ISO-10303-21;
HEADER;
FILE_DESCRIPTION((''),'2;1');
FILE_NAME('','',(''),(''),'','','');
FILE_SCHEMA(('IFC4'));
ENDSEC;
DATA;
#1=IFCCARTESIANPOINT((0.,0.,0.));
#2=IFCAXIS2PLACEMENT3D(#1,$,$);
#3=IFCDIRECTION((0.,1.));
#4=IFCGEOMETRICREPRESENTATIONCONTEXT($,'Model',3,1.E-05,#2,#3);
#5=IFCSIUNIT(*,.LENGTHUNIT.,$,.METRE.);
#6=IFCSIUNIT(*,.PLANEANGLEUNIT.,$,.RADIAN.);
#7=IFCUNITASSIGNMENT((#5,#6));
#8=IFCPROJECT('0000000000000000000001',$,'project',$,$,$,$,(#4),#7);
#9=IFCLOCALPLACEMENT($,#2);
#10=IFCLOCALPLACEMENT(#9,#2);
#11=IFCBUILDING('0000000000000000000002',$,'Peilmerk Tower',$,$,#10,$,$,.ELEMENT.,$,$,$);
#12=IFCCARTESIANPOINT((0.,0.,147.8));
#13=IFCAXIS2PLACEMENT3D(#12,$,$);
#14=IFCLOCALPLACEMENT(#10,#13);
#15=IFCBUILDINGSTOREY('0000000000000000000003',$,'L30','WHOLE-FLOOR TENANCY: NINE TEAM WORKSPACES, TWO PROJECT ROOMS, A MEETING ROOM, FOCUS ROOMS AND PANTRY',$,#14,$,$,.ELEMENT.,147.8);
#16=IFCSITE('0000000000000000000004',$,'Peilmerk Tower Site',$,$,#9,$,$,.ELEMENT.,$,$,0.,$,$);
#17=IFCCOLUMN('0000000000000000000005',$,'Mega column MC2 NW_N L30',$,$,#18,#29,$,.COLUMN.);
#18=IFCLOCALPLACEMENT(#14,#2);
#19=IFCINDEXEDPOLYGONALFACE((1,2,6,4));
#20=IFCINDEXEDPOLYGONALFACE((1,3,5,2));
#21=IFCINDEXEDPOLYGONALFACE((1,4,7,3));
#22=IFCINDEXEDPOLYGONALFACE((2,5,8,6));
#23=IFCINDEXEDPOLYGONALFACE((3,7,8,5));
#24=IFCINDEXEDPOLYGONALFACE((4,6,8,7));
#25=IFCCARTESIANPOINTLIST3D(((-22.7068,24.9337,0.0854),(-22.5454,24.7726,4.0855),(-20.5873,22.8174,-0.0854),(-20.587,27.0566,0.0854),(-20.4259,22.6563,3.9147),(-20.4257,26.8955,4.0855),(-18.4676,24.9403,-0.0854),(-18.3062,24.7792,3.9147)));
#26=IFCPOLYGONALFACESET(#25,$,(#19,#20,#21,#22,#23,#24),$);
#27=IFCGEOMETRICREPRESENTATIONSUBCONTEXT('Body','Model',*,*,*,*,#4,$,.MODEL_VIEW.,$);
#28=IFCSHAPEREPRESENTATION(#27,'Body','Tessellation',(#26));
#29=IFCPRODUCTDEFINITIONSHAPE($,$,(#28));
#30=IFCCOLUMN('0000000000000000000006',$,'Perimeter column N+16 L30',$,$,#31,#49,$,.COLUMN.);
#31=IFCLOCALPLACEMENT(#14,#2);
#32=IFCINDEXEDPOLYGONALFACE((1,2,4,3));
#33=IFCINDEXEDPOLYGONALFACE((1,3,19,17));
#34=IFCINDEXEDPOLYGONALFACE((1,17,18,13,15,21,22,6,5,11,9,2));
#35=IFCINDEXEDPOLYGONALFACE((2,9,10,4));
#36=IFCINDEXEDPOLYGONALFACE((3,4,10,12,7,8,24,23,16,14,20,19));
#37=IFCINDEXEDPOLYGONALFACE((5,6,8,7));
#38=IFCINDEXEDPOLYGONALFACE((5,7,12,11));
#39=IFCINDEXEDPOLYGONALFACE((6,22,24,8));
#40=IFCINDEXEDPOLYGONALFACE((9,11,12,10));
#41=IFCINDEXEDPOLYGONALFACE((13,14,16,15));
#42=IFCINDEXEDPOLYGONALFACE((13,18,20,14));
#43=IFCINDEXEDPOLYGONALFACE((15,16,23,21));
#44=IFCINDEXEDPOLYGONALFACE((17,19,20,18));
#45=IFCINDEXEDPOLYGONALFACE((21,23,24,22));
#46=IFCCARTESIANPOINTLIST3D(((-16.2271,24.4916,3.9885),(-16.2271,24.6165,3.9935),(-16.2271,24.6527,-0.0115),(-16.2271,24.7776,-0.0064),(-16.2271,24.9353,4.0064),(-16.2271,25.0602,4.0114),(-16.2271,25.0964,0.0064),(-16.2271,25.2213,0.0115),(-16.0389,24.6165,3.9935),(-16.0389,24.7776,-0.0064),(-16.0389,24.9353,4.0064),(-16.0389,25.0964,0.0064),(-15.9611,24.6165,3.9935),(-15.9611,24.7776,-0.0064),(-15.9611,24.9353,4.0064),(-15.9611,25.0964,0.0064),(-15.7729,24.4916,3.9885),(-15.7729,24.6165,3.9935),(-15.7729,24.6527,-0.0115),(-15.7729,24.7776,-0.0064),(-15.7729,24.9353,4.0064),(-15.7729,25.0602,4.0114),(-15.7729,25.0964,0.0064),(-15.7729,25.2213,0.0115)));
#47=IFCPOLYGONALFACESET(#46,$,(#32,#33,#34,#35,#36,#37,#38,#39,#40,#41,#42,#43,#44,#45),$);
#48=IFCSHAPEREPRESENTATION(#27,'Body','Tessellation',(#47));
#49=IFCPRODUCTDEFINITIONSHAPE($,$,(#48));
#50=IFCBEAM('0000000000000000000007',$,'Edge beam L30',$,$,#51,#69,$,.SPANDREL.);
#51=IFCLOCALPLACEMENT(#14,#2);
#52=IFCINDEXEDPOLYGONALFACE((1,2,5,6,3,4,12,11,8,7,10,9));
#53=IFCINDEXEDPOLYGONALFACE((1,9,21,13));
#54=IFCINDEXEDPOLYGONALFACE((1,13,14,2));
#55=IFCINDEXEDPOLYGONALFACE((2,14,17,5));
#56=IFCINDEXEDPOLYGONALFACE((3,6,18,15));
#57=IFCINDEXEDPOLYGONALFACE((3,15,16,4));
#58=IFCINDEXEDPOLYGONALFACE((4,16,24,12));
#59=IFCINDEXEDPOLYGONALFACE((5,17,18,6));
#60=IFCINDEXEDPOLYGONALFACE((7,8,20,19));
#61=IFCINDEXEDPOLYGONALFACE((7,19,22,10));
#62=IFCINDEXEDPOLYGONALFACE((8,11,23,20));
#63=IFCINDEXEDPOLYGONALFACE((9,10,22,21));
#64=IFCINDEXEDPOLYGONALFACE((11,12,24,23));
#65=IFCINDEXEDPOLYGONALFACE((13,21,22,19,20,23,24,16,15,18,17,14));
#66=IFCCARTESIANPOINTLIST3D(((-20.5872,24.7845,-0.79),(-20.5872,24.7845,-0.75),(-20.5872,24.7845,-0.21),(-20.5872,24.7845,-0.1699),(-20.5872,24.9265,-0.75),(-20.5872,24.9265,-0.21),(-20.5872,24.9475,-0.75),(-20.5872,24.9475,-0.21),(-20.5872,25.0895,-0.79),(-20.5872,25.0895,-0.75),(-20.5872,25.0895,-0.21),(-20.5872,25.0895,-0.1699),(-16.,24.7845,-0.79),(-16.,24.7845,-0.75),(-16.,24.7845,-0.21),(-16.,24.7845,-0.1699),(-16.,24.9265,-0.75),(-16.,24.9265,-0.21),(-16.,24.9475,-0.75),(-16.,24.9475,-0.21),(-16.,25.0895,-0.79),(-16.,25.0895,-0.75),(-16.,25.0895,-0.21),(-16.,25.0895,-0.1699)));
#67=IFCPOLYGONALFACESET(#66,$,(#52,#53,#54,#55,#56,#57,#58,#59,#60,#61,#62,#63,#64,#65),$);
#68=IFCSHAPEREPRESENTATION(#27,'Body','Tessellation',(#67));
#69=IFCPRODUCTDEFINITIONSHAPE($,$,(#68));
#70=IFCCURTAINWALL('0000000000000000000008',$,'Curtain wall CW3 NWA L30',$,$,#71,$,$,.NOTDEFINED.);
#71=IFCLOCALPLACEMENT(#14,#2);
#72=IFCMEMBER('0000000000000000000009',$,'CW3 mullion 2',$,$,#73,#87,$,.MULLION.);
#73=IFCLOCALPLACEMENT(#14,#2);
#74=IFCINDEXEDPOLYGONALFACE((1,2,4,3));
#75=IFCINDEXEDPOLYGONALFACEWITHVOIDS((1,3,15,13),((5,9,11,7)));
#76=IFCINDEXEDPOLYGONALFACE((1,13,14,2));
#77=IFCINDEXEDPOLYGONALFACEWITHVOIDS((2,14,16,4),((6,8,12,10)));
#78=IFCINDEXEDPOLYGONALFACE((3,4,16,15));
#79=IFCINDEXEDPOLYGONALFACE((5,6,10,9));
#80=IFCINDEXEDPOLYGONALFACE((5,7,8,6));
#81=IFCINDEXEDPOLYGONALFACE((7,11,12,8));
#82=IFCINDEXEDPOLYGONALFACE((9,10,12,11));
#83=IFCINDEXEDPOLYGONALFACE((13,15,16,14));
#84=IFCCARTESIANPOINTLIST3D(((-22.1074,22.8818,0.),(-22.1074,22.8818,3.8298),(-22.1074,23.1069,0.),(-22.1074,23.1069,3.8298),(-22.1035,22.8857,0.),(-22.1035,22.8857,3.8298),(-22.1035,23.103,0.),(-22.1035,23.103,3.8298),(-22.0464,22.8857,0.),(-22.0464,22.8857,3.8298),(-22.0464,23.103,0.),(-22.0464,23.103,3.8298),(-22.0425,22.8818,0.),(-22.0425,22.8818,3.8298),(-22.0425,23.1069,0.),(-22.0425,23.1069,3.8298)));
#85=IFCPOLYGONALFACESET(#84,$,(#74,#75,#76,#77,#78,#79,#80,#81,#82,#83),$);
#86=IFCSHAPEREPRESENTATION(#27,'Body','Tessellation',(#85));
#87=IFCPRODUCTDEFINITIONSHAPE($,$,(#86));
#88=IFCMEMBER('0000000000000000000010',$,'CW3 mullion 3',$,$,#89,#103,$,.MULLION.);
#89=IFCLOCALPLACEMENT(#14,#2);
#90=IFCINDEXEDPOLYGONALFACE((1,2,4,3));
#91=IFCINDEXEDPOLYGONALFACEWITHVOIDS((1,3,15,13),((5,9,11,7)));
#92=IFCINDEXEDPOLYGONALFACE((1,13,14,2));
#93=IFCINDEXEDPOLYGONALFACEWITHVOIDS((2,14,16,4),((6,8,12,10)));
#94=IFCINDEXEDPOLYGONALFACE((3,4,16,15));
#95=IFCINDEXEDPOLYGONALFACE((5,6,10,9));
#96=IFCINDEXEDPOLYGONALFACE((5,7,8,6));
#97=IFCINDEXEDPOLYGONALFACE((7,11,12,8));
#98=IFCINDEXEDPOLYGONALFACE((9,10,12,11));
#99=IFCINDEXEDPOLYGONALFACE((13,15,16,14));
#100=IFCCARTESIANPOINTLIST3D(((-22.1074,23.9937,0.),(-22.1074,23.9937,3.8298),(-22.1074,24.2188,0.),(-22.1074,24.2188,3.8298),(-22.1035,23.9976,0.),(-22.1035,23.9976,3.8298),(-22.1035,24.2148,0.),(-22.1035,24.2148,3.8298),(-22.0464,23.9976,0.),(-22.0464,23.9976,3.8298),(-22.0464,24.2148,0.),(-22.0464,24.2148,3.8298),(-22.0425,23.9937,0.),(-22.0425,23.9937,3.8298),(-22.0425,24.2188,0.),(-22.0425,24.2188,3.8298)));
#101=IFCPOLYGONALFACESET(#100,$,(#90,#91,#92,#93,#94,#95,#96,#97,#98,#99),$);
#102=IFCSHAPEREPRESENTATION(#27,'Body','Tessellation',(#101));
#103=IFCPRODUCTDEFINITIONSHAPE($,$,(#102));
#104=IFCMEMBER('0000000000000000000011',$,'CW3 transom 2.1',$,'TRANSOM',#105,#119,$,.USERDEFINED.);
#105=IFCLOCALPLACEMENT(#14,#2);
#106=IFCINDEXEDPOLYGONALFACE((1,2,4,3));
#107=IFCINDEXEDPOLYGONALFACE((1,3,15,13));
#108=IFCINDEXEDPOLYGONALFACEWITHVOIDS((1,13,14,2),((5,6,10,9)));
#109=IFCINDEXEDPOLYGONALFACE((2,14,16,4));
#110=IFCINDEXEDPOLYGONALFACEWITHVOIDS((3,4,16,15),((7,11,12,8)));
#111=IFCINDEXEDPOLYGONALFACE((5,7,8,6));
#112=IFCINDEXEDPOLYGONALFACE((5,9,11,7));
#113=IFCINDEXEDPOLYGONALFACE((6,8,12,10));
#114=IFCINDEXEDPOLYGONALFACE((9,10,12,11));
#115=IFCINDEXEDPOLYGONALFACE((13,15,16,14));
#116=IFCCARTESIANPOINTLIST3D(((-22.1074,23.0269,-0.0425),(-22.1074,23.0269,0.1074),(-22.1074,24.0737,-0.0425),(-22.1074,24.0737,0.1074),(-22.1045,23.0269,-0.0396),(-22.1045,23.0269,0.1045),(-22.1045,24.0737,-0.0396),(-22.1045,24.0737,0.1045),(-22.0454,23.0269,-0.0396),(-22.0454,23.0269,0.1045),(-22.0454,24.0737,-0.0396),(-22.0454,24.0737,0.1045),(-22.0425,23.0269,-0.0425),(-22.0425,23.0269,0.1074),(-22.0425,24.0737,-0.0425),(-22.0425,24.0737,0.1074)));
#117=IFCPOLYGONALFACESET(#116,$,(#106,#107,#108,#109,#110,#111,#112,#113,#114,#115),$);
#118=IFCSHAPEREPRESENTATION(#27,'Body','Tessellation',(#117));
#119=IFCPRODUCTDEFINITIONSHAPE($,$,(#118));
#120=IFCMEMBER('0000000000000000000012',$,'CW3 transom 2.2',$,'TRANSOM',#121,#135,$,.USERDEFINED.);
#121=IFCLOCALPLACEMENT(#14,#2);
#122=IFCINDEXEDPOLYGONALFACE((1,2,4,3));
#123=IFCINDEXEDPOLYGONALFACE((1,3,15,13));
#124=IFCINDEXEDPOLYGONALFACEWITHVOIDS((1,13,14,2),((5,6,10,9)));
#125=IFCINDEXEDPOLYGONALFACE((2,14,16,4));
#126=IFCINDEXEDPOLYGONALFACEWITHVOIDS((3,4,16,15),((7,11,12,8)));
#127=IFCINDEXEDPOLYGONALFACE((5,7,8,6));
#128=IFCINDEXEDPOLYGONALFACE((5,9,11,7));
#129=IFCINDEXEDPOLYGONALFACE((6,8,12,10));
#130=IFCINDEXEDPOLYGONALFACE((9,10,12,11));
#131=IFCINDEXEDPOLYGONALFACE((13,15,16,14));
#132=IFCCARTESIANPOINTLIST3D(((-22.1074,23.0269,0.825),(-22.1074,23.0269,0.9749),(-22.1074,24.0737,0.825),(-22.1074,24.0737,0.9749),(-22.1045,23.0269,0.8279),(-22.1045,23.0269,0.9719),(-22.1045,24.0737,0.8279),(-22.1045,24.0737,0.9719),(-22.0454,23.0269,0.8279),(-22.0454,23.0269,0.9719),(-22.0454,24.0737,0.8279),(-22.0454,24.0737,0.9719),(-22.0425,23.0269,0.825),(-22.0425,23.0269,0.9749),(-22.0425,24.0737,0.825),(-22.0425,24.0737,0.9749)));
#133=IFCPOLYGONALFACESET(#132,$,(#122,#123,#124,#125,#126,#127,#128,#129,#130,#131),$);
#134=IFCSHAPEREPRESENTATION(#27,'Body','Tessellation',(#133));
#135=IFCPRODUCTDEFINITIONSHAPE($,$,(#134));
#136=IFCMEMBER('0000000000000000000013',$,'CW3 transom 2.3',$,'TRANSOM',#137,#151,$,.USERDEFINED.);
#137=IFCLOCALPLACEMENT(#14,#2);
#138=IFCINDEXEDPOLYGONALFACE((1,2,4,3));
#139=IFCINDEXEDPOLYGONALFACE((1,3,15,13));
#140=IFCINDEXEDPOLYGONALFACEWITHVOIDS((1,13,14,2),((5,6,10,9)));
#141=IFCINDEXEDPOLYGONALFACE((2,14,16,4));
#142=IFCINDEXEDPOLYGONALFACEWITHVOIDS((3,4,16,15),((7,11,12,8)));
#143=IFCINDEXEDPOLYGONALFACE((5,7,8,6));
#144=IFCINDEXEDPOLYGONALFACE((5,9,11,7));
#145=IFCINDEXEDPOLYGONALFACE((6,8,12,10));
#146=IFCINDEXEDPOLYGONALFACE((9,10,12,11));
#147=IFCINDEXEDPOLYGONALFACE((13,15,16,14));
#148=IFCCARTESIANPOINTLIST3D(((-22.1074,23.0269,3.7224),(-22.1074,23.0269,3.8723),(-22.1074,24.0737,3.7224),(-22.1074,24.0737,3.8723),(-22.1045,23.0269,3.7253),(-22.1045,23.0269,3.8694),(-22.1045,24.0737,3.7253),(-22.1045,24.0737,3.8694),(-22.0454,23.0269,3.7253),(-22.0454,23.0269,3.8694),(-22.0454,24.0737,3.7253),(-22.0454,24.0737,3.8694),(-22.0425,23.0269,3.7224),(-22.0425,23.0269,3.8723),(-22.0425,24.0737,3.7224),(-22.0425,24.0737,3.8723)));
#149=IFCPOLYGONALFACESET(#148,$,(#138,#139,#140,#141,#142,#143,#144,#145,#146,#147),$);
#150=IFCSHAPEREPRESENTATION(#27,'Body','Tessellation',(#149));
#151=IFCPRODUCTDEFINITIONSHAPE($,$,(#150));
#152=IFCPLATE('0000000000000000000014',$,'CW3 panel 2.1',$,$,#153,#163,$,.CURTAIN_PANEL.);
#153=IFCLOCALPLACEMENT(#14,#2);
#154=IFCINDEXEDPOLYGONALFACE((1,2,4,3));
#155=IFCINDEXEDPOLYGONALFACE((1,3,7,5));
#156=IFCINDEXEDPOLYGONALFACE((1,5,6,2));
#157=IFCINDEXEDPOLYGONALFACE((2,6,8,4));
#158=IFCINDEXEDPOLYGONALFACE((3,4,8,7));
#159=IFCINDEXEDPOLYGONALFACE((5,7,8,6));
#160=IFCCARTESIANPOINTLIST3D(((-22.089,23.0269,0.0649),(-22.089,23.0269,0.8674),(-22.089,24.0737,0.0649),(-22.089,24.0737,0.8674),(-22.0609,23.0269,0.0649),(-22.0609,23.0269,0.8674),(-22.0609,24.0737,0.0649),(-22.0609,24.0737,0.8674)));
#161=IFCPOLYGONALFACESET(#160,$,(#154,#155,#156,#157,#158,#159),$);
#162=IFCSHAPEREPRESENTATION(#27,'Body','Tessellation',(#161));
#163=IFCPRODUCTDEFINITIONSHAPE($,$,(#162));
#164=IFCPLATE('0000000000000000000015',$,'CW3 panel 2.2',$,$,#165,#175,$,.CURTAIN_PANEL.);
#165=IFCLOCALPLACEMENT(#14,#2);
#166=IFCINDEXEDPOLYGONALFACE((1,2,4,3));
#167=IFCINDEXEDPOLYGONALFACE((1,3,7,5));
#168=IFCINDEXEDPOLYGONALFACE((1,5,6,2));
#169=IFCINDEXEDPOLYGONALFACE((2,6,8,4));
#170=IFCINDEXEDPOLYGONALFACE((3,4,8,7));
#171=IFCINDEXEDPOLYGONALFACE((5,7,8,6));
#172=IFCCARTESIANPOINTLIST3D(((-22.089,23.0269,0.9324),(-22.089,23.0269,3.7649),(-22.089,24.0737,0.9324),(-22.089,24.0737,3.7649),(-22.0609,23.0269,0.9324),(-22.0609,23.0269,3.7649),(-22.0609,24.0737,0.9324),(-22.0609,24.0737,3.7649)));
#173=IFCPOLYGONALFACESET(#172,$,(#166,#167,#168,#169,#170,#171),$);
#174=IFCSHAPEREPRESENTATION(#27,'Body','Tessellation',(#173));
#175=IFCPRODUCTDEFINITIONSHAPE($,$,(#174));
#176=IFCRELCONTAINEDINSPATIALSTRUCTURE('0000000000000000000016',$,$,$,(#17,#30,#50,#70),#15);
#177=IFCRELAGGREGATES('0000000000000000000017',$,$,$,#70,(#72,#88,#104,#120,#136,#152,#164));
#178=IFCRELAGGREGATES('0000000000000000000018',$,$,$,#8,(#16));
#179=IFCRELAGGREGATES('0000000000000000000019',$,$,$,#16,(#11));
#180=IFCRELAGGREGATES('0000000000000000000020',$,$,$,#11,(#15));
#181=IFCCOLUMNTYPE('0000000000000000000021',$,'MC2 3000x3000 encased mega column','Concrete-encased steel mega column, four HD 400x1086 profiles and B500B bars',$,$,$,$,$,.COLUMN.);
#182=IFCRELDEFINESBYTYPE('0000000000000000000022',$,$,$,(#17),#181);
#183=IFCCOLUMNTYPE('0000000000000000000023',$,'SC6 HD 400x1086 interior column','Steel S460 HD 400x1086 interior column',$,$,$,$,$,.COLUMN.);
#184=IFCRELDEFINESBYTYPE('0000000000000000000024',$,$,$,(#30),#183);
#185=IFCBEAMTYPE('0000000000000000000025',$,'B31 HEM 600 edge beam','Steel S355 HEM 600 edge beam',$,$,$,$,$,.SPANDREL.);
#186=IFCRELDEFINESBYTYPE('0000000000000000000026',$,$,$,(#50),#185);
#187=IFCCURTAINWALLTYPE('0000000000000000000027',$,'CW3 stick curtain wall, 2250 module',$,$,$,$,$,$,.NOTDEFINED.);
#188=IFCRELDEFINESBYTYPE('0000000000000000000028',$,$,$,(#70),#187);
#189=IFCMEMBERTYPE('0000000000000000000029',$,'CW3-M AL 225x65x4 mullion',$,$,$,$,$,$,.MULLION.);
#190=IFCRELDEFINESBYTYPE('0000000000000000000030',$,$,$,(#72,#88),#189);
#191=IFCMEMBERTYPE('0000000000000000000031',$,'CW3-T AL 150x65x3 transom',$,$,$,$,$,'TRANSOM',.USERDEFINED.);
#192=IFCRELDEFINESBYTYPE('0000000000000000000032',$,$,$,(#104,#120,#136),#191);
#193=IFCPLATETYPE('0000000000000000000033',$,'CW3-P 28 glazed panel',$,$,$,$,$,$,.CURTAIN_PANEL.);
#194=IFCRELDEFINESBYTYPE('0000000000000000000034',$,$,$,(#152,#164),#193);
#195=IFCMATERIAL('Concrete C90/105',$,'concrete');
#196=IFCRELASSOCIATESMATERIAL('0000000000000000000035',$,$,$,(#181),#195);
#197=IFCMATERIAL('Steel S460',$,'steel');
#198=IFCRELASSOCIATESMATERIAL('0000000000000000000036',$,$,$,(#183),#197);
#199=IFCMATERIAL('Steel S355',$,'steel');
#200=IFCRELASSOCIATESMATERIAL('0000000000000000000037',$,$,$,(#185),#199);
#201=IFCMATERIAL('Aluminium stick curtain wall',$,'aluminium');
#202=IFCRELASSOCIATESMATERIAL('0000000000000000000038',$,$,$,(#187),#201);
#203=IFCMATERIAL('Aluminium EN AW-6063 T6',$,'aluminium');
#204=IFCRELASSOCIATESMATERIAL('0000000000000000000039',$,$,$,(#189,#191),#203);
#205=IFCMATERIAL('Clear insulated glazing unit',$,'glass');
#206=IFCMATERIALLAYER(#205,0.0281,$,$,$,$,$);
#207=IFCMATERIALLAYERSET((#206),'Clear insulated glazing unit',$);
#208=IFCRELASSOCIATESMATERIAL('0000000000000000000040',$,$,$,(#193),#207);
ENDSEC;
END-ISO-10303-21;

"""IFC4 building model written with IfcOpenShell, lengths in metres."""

from ifc_helpers import new_model, si_unit, direction, frame, origin, origin_2d, place, context, subcontext, project, spatial, rectangle, hollow_rectangle, i_section, extrude, material, layer, layer_set, material_profile, profile_set, type_object, element, aggregate, save


model = new_model("IFC4")

# Units and contexts
model_context = context("Model", 3, precision=1e-05, world=origin(), true_north=direction((0.0, 1.0)))
body_context = subcontext(model_context, "Body", "Model", "MODEL_VIEW")
ifc_project = project(units=[si_unit("LENGTHUNIT", "METRE"), si_unit("PLANEANGLEUNIT", "RADIAN")], contexts=[model_context])

# Site, building, storey
site_placement = place(None, origin())
site = spatial("IfcSite", under=ifc_project, at=site_placement, Name="Peilmerk Tower Site", CompositionType="ELEMENT", RefElevation=0.0)
building_placement = place(site_placement, origin())
building = spatial("IfcBuilding", under=site, at=building_placement, Name="Peilmerk Tower", CompositionType="ELEMENT")
storey_placement = place(building_placement, frame((0.0, 0.0, 147.8)))
storey = spatial("IfcBuildingStorey", under=building, at=storey_placement, Name="L30", Description="WHOLE-FLOOR TENANCY: NINE TEAM WORKSPACES, TWO PROJECT ROOMS, A MEETING ROOM, FOCUS ROOMS AND PANTRY", CompositionType="ELEMENT", Elevation=147.8)

# Columns
ifc_material_1 = material(Name="Concrete C90/105", Category="concrete")
ifc_material_profile_1 = material_profile(ifc_material_1, rectangle(XDim=3.0, YDim=3.0, at=origin_2d()), Name="RC 3000x3000")
ifc_profile_set_1 = profile_set([ifc_material_profile_1], Name="Concrete C90/105")
column_type_1 = type_object("IfcColumnType", Name="MC2 3000x3000 encased mega column", Description="Concrete-encased steel mega column, four HD 400x1086 profiles and B500B bars", PredefinedType="COLUMN", material=ifc_profile_set_1)
column_1_placement = place(storey_placement, frame((-20.5872, 24.937, 0.0), z_axis=(0.040279, -0.040218, 0.998379), x_axis=(0.706571, 0.707642, 0.0)))
element("IfcColumn", 1, at=column_1_placement, inside=storey, type_object=column_type_1, Name="Mega column MC2 NW_N L30", PredefinedType="COLUMN", context=body_context, shape_type="SweptSolid", body=[
    extrude(rectangle(XDim=3.0, YDim=3.0, at=origin_2d()), origin(), (0.0, 0.0, 1.0), 4.0066),
])
ifc_material_2 = material(Name="Steel S460", Category="steel")
ifc_material_profile_2 = material_profile(ifc_material_2, i_section(OverallWidth=0.4541, OverallDepth=0.5691, WebThickness=0.0779, FlangeThickness=0.125, at=origin_2d()), Name="HD 400x1086")
ifc_profile_set_2 = profile_set([ifc_material_profile_2], Name="Steel S460")
column_type_2 = type_object("IfcColumnType", Name="SC6 HD 400x1086 interior column", Description="Steel S460 HD 400x1086 interior column", PredefinedType="COLUMN", material=ifc_profile_set_2)
column_2_placement = place(storey_placement, frame((-16.0, 24.937, 0.0), z_axis=(0.0, -0.040251, 0.99919), x_axis=(1.0, 0.0, 0.0)))
element("IfcColumn", 2, at=column_2_placement, inside=storey, type_object=column_type_2, Name="Perimeter column N+16 L30", PredefinedType="COLUMN", context=body_context, shape_type="SweptSolid", body=[
    extrude(i_section(OverallWidth=0.4541, OverallDepth=0.5691, WebThickness=0.0779, FlangeThickness=0.125, at=origin_2d()), origin(), (0.0, 0.0, 1.0), 4.0032),
])

# Beam
ifc_material_3 = material(Name="Steel S355", Category="steel")
ifc_material_profile_3 = material_profile(ifc_material_3, i_section(OverallWidth=0.3049, OverallDepth=0.6201, WebThickness=0.021, FlangeThickness=0.04, at=origin_2d()), Name="HEM 600")
ifc_profile_set_3 = profile_set([ifc_material_profile_3], Name="Steel S355")
beam_type = type_object("IfcBeamType", Name="B31 HEM 600 edge beam", Description="Steel S355 HEM 600 edge beam", PredefinedType="SPANDREL", material=ifc_profile_set_3)
beam_placement = place(storey_placement, frame((-16.0, 24.937, -0.48), z_axis=(-1.0, 0.0, 0.0), x_axis=(0.0, -1.0, 0.0)))
element("IfcBeam", 3, at=beam_placement, inside=storey, type_object=beam_type, Name="Edge beam L30", PredefinedType="SPANDREL", context=body_context, shape_type="SweptSolid", body=[
    extrude(i_section(OverallWidth=0.3049, OverallDepth=0.6201, WebThickness=0.021, FlangeThickness=0.04, at=origin_2d()), origin(), (0.0, 0.0, 1.0), 4.5872),
])

# Curtain wall, members, plates
ifc_material_4 = material(Name="Aluminium stick curtain wall", Category="aluminium")
curtain_wall_type = type_object("IfcCurtainWallType", Name="CW3 stick curtain wall, 2250 module", PredefinedType="NOTDEFINED", material=ifc_material_4)
curtain_wall_placement = place(storey_placement, origin())
curtain_wall = element("IfcCurtainWall", 4, at=curtain_wall_placement, inside=storey, type_object=curtain_wall_type, Name="Curtain wall CW3 NWA L30", PredefinedType="NOTDEFINED")
ifc_material_5 = material(Name="Aluminium EN AW-6063 T6", Category="aluminium")
ifc_material_profile_4 = material_profile(ifc_material_5, hollow_rectangle(XDim=0.0649, YDim=0.2251, WallThickness=0.0039, at=origin_2d()), Name="AL 225x65x4")
ifc_profile_set_4 = profile_set([ifc_material_profile_4], Name="Aluminium EN AW-6063 T6")
member_type_1 = type_object("IfcMemberType", Name="CW3-M AL 225x65x4 mullion", PredefinedType="MULLION", material=ifc_profile_set_4)
member_1_placement = place(storey_placement, frame((-22.075, 22.9944, 0.0), z_axis=(0.0, 0.0, 1.0), x_axis=(-1.0, 0.0, 0.0)))
member_1 = element("IfcMember", 5, at=member_1_placement, type_object=member_type_1, Name="CW3 mullion 2", PredefinedType="MULLION", context=body_context, shape_type="SweptSolid", body=[
    extrude(hollow_rectangle(XDim=0.0649, YDim=0.2251, WallThickness=0.0039, at=origin_2d()), origin(), (0.0, 0.0, 1.0), 3.8298),
])
member_2_placement = place(storey_placement, frame((-22.075, 24.1062, 0.0), z_axis=(0.0, 0.0, 1.0), x_axis=(-1.0, 0.0, 0.0)))
member_2 = element("IfcMember", 6, at=member_2_placement, type_object=member_type_1, Name="CW3 mullion 3", PredefinedType="MULLION", context=body_context, shape_type="SweptSolid", body=[
    extrude(hollow_rectangle(XDim=0.0649, YDim=0.2251, WallThickness=0.0039, at=origin_2d()), origin(), (0.0, 0.0, 1.0), 3.8298),
])
ifc_material_profile_5 = material_profile(ifc_material_5, hollow_rectangle(XDim=0.0649, YDim=0.1499, WallThickness=0.0029, at=origin_2d()), Name="AL 150x65x3")
ifc_profile_set_5 = profile_set([ifc_material_profile_5], Name="Aluminium EN AW-6063 T6")
member_type_2 = type_object("IfcMemberType", Name="CW3-T AL 150x65x3 transom", ElementType="TRANSOM", PredefinedType="USERDEFINED", material=ifc_profile_set_5)
member_3_placement = place(storey_placement, frame((-22.075, 23.0269, 0.0325), z_axis=(0.0, 1.0, 0.0), x_axis=(-1.0, 0.0, 0.0)))
member_3 = element("IfcMember", 7, at=member_3_placement, type_object=member_type_2, Name="CW3 transom 2.1", ObjectType="TRANSOM", PredefinedType="USERDEFINED", context=body_context, shape_type="SweptSolid", body=[
    extrude(hollow_rectangle(XDim=0.0649, YDim=0.1499, WallThickness=0.0029, at=origin_2d()), origin(), (0.0, 0.0, 1.0), 1.0469),
])
member_4_placement = place(storey_placement, frame((-22.075, 23.0269, 0.8999), z_axis=(0.0, 1.0, 0.0), x_axis=(-1.0, 0.0, 0.0)))
member_4 = element("IfcMember", 8, at=member_4_placement, type_object=member_type_2, Name="CW3 transom 2.2", ObjectType="TRANSOM", PredefinedType="USERDEFINED", context=body_context, shape_type="SweptSolid", body=[
    extrude(hollow_rectangle(XDim=0.0649, YDim=0.1499, WallThickness=0.0029, at=origin_2d()), origin(), (0.0, 0.0, 1.0), 1.0469),
])
member_5_placement = place(storey_placement, frame((-22.075, 23.0269, 3.7974), z_axis=(0.0, 1.0, 0.0), x_axis=(-1.0, 0.0, 0.0)))
member_5 = element("IfcMember", 9, at=member_5_placement, type_object=member_type_2, Name="CW3 transom 2.3", ObjectType="TRANSOM", PredefinedType="USERDEFINED", context=body_context, shape_type="SweptSolid", body=[
    extrude(hollow_rectangle(XDim=0.0649, YDim=0.1499, WallThickness=0.0029, at=origin_2d()), origin(), (0.0, 0.0, 1.0), 1.0469),
])
ifc_material_6 = material(Name="Clear insulated glazing unit", Category="glass")
ifc_layer_1 = layer(ifc_material_6, 0.0281)
ifc_layer_set_1 = layer_set([ifc_layer_1], Name="Clear insulated glazing unit")
plate_type = type_object("IfcPlateType", Name="CW3-P 28 glazed panel", PredefinedType="CURTAIN_PANEL", material=ifc_layer_set_1)
plate_1_placement = place(storey_placement, frame((-22.075, 23.5503, 0.0649), z_axis=(0.0, 0.0, 1.0), x_axis=(0.0, 1.0, 0.0)))
plate_1 = element("IfcPlate", 10, at=plate_1_placement, type_object=plate_type, Name="CW3 panel 2.1", PredefinedType="CURTAIN_PANEL", context=body_context, shape_type="SweptSolid", body=[
    extrude(rectangle(XDim=1.0469, YDim=0.0281, at=origin_2d()), origin(), (0.0, 0.0, 1.0), 0.8025),
])
plate_2_placement = place(storey_placement, frame((-22.075, 23.5503, 0.9324), z_axis=(0.0, 0.0, 1.0), x_axis=(0.0, 1.0, 0.0)))
plate_2 = element("IfcPlate", 11, at=plate_2_placement, type_object=plate_type, Name="CW3 panel 2.2", PredefinedType="CURTAIN_PANEL", context=body_context, shape_type="SweptSolid", body=[
    extrude(rectangle(XDim=1.0469, YDim=0.0281, at=origin_2d()), origin(), (0.0, 0.0, 1.0), 2.8325),
])
aggregate(curtain_wall, [member_1, member_2, member_3, member_4, member_5, plate_1, plate_2])

save(model, "model.ifc")
